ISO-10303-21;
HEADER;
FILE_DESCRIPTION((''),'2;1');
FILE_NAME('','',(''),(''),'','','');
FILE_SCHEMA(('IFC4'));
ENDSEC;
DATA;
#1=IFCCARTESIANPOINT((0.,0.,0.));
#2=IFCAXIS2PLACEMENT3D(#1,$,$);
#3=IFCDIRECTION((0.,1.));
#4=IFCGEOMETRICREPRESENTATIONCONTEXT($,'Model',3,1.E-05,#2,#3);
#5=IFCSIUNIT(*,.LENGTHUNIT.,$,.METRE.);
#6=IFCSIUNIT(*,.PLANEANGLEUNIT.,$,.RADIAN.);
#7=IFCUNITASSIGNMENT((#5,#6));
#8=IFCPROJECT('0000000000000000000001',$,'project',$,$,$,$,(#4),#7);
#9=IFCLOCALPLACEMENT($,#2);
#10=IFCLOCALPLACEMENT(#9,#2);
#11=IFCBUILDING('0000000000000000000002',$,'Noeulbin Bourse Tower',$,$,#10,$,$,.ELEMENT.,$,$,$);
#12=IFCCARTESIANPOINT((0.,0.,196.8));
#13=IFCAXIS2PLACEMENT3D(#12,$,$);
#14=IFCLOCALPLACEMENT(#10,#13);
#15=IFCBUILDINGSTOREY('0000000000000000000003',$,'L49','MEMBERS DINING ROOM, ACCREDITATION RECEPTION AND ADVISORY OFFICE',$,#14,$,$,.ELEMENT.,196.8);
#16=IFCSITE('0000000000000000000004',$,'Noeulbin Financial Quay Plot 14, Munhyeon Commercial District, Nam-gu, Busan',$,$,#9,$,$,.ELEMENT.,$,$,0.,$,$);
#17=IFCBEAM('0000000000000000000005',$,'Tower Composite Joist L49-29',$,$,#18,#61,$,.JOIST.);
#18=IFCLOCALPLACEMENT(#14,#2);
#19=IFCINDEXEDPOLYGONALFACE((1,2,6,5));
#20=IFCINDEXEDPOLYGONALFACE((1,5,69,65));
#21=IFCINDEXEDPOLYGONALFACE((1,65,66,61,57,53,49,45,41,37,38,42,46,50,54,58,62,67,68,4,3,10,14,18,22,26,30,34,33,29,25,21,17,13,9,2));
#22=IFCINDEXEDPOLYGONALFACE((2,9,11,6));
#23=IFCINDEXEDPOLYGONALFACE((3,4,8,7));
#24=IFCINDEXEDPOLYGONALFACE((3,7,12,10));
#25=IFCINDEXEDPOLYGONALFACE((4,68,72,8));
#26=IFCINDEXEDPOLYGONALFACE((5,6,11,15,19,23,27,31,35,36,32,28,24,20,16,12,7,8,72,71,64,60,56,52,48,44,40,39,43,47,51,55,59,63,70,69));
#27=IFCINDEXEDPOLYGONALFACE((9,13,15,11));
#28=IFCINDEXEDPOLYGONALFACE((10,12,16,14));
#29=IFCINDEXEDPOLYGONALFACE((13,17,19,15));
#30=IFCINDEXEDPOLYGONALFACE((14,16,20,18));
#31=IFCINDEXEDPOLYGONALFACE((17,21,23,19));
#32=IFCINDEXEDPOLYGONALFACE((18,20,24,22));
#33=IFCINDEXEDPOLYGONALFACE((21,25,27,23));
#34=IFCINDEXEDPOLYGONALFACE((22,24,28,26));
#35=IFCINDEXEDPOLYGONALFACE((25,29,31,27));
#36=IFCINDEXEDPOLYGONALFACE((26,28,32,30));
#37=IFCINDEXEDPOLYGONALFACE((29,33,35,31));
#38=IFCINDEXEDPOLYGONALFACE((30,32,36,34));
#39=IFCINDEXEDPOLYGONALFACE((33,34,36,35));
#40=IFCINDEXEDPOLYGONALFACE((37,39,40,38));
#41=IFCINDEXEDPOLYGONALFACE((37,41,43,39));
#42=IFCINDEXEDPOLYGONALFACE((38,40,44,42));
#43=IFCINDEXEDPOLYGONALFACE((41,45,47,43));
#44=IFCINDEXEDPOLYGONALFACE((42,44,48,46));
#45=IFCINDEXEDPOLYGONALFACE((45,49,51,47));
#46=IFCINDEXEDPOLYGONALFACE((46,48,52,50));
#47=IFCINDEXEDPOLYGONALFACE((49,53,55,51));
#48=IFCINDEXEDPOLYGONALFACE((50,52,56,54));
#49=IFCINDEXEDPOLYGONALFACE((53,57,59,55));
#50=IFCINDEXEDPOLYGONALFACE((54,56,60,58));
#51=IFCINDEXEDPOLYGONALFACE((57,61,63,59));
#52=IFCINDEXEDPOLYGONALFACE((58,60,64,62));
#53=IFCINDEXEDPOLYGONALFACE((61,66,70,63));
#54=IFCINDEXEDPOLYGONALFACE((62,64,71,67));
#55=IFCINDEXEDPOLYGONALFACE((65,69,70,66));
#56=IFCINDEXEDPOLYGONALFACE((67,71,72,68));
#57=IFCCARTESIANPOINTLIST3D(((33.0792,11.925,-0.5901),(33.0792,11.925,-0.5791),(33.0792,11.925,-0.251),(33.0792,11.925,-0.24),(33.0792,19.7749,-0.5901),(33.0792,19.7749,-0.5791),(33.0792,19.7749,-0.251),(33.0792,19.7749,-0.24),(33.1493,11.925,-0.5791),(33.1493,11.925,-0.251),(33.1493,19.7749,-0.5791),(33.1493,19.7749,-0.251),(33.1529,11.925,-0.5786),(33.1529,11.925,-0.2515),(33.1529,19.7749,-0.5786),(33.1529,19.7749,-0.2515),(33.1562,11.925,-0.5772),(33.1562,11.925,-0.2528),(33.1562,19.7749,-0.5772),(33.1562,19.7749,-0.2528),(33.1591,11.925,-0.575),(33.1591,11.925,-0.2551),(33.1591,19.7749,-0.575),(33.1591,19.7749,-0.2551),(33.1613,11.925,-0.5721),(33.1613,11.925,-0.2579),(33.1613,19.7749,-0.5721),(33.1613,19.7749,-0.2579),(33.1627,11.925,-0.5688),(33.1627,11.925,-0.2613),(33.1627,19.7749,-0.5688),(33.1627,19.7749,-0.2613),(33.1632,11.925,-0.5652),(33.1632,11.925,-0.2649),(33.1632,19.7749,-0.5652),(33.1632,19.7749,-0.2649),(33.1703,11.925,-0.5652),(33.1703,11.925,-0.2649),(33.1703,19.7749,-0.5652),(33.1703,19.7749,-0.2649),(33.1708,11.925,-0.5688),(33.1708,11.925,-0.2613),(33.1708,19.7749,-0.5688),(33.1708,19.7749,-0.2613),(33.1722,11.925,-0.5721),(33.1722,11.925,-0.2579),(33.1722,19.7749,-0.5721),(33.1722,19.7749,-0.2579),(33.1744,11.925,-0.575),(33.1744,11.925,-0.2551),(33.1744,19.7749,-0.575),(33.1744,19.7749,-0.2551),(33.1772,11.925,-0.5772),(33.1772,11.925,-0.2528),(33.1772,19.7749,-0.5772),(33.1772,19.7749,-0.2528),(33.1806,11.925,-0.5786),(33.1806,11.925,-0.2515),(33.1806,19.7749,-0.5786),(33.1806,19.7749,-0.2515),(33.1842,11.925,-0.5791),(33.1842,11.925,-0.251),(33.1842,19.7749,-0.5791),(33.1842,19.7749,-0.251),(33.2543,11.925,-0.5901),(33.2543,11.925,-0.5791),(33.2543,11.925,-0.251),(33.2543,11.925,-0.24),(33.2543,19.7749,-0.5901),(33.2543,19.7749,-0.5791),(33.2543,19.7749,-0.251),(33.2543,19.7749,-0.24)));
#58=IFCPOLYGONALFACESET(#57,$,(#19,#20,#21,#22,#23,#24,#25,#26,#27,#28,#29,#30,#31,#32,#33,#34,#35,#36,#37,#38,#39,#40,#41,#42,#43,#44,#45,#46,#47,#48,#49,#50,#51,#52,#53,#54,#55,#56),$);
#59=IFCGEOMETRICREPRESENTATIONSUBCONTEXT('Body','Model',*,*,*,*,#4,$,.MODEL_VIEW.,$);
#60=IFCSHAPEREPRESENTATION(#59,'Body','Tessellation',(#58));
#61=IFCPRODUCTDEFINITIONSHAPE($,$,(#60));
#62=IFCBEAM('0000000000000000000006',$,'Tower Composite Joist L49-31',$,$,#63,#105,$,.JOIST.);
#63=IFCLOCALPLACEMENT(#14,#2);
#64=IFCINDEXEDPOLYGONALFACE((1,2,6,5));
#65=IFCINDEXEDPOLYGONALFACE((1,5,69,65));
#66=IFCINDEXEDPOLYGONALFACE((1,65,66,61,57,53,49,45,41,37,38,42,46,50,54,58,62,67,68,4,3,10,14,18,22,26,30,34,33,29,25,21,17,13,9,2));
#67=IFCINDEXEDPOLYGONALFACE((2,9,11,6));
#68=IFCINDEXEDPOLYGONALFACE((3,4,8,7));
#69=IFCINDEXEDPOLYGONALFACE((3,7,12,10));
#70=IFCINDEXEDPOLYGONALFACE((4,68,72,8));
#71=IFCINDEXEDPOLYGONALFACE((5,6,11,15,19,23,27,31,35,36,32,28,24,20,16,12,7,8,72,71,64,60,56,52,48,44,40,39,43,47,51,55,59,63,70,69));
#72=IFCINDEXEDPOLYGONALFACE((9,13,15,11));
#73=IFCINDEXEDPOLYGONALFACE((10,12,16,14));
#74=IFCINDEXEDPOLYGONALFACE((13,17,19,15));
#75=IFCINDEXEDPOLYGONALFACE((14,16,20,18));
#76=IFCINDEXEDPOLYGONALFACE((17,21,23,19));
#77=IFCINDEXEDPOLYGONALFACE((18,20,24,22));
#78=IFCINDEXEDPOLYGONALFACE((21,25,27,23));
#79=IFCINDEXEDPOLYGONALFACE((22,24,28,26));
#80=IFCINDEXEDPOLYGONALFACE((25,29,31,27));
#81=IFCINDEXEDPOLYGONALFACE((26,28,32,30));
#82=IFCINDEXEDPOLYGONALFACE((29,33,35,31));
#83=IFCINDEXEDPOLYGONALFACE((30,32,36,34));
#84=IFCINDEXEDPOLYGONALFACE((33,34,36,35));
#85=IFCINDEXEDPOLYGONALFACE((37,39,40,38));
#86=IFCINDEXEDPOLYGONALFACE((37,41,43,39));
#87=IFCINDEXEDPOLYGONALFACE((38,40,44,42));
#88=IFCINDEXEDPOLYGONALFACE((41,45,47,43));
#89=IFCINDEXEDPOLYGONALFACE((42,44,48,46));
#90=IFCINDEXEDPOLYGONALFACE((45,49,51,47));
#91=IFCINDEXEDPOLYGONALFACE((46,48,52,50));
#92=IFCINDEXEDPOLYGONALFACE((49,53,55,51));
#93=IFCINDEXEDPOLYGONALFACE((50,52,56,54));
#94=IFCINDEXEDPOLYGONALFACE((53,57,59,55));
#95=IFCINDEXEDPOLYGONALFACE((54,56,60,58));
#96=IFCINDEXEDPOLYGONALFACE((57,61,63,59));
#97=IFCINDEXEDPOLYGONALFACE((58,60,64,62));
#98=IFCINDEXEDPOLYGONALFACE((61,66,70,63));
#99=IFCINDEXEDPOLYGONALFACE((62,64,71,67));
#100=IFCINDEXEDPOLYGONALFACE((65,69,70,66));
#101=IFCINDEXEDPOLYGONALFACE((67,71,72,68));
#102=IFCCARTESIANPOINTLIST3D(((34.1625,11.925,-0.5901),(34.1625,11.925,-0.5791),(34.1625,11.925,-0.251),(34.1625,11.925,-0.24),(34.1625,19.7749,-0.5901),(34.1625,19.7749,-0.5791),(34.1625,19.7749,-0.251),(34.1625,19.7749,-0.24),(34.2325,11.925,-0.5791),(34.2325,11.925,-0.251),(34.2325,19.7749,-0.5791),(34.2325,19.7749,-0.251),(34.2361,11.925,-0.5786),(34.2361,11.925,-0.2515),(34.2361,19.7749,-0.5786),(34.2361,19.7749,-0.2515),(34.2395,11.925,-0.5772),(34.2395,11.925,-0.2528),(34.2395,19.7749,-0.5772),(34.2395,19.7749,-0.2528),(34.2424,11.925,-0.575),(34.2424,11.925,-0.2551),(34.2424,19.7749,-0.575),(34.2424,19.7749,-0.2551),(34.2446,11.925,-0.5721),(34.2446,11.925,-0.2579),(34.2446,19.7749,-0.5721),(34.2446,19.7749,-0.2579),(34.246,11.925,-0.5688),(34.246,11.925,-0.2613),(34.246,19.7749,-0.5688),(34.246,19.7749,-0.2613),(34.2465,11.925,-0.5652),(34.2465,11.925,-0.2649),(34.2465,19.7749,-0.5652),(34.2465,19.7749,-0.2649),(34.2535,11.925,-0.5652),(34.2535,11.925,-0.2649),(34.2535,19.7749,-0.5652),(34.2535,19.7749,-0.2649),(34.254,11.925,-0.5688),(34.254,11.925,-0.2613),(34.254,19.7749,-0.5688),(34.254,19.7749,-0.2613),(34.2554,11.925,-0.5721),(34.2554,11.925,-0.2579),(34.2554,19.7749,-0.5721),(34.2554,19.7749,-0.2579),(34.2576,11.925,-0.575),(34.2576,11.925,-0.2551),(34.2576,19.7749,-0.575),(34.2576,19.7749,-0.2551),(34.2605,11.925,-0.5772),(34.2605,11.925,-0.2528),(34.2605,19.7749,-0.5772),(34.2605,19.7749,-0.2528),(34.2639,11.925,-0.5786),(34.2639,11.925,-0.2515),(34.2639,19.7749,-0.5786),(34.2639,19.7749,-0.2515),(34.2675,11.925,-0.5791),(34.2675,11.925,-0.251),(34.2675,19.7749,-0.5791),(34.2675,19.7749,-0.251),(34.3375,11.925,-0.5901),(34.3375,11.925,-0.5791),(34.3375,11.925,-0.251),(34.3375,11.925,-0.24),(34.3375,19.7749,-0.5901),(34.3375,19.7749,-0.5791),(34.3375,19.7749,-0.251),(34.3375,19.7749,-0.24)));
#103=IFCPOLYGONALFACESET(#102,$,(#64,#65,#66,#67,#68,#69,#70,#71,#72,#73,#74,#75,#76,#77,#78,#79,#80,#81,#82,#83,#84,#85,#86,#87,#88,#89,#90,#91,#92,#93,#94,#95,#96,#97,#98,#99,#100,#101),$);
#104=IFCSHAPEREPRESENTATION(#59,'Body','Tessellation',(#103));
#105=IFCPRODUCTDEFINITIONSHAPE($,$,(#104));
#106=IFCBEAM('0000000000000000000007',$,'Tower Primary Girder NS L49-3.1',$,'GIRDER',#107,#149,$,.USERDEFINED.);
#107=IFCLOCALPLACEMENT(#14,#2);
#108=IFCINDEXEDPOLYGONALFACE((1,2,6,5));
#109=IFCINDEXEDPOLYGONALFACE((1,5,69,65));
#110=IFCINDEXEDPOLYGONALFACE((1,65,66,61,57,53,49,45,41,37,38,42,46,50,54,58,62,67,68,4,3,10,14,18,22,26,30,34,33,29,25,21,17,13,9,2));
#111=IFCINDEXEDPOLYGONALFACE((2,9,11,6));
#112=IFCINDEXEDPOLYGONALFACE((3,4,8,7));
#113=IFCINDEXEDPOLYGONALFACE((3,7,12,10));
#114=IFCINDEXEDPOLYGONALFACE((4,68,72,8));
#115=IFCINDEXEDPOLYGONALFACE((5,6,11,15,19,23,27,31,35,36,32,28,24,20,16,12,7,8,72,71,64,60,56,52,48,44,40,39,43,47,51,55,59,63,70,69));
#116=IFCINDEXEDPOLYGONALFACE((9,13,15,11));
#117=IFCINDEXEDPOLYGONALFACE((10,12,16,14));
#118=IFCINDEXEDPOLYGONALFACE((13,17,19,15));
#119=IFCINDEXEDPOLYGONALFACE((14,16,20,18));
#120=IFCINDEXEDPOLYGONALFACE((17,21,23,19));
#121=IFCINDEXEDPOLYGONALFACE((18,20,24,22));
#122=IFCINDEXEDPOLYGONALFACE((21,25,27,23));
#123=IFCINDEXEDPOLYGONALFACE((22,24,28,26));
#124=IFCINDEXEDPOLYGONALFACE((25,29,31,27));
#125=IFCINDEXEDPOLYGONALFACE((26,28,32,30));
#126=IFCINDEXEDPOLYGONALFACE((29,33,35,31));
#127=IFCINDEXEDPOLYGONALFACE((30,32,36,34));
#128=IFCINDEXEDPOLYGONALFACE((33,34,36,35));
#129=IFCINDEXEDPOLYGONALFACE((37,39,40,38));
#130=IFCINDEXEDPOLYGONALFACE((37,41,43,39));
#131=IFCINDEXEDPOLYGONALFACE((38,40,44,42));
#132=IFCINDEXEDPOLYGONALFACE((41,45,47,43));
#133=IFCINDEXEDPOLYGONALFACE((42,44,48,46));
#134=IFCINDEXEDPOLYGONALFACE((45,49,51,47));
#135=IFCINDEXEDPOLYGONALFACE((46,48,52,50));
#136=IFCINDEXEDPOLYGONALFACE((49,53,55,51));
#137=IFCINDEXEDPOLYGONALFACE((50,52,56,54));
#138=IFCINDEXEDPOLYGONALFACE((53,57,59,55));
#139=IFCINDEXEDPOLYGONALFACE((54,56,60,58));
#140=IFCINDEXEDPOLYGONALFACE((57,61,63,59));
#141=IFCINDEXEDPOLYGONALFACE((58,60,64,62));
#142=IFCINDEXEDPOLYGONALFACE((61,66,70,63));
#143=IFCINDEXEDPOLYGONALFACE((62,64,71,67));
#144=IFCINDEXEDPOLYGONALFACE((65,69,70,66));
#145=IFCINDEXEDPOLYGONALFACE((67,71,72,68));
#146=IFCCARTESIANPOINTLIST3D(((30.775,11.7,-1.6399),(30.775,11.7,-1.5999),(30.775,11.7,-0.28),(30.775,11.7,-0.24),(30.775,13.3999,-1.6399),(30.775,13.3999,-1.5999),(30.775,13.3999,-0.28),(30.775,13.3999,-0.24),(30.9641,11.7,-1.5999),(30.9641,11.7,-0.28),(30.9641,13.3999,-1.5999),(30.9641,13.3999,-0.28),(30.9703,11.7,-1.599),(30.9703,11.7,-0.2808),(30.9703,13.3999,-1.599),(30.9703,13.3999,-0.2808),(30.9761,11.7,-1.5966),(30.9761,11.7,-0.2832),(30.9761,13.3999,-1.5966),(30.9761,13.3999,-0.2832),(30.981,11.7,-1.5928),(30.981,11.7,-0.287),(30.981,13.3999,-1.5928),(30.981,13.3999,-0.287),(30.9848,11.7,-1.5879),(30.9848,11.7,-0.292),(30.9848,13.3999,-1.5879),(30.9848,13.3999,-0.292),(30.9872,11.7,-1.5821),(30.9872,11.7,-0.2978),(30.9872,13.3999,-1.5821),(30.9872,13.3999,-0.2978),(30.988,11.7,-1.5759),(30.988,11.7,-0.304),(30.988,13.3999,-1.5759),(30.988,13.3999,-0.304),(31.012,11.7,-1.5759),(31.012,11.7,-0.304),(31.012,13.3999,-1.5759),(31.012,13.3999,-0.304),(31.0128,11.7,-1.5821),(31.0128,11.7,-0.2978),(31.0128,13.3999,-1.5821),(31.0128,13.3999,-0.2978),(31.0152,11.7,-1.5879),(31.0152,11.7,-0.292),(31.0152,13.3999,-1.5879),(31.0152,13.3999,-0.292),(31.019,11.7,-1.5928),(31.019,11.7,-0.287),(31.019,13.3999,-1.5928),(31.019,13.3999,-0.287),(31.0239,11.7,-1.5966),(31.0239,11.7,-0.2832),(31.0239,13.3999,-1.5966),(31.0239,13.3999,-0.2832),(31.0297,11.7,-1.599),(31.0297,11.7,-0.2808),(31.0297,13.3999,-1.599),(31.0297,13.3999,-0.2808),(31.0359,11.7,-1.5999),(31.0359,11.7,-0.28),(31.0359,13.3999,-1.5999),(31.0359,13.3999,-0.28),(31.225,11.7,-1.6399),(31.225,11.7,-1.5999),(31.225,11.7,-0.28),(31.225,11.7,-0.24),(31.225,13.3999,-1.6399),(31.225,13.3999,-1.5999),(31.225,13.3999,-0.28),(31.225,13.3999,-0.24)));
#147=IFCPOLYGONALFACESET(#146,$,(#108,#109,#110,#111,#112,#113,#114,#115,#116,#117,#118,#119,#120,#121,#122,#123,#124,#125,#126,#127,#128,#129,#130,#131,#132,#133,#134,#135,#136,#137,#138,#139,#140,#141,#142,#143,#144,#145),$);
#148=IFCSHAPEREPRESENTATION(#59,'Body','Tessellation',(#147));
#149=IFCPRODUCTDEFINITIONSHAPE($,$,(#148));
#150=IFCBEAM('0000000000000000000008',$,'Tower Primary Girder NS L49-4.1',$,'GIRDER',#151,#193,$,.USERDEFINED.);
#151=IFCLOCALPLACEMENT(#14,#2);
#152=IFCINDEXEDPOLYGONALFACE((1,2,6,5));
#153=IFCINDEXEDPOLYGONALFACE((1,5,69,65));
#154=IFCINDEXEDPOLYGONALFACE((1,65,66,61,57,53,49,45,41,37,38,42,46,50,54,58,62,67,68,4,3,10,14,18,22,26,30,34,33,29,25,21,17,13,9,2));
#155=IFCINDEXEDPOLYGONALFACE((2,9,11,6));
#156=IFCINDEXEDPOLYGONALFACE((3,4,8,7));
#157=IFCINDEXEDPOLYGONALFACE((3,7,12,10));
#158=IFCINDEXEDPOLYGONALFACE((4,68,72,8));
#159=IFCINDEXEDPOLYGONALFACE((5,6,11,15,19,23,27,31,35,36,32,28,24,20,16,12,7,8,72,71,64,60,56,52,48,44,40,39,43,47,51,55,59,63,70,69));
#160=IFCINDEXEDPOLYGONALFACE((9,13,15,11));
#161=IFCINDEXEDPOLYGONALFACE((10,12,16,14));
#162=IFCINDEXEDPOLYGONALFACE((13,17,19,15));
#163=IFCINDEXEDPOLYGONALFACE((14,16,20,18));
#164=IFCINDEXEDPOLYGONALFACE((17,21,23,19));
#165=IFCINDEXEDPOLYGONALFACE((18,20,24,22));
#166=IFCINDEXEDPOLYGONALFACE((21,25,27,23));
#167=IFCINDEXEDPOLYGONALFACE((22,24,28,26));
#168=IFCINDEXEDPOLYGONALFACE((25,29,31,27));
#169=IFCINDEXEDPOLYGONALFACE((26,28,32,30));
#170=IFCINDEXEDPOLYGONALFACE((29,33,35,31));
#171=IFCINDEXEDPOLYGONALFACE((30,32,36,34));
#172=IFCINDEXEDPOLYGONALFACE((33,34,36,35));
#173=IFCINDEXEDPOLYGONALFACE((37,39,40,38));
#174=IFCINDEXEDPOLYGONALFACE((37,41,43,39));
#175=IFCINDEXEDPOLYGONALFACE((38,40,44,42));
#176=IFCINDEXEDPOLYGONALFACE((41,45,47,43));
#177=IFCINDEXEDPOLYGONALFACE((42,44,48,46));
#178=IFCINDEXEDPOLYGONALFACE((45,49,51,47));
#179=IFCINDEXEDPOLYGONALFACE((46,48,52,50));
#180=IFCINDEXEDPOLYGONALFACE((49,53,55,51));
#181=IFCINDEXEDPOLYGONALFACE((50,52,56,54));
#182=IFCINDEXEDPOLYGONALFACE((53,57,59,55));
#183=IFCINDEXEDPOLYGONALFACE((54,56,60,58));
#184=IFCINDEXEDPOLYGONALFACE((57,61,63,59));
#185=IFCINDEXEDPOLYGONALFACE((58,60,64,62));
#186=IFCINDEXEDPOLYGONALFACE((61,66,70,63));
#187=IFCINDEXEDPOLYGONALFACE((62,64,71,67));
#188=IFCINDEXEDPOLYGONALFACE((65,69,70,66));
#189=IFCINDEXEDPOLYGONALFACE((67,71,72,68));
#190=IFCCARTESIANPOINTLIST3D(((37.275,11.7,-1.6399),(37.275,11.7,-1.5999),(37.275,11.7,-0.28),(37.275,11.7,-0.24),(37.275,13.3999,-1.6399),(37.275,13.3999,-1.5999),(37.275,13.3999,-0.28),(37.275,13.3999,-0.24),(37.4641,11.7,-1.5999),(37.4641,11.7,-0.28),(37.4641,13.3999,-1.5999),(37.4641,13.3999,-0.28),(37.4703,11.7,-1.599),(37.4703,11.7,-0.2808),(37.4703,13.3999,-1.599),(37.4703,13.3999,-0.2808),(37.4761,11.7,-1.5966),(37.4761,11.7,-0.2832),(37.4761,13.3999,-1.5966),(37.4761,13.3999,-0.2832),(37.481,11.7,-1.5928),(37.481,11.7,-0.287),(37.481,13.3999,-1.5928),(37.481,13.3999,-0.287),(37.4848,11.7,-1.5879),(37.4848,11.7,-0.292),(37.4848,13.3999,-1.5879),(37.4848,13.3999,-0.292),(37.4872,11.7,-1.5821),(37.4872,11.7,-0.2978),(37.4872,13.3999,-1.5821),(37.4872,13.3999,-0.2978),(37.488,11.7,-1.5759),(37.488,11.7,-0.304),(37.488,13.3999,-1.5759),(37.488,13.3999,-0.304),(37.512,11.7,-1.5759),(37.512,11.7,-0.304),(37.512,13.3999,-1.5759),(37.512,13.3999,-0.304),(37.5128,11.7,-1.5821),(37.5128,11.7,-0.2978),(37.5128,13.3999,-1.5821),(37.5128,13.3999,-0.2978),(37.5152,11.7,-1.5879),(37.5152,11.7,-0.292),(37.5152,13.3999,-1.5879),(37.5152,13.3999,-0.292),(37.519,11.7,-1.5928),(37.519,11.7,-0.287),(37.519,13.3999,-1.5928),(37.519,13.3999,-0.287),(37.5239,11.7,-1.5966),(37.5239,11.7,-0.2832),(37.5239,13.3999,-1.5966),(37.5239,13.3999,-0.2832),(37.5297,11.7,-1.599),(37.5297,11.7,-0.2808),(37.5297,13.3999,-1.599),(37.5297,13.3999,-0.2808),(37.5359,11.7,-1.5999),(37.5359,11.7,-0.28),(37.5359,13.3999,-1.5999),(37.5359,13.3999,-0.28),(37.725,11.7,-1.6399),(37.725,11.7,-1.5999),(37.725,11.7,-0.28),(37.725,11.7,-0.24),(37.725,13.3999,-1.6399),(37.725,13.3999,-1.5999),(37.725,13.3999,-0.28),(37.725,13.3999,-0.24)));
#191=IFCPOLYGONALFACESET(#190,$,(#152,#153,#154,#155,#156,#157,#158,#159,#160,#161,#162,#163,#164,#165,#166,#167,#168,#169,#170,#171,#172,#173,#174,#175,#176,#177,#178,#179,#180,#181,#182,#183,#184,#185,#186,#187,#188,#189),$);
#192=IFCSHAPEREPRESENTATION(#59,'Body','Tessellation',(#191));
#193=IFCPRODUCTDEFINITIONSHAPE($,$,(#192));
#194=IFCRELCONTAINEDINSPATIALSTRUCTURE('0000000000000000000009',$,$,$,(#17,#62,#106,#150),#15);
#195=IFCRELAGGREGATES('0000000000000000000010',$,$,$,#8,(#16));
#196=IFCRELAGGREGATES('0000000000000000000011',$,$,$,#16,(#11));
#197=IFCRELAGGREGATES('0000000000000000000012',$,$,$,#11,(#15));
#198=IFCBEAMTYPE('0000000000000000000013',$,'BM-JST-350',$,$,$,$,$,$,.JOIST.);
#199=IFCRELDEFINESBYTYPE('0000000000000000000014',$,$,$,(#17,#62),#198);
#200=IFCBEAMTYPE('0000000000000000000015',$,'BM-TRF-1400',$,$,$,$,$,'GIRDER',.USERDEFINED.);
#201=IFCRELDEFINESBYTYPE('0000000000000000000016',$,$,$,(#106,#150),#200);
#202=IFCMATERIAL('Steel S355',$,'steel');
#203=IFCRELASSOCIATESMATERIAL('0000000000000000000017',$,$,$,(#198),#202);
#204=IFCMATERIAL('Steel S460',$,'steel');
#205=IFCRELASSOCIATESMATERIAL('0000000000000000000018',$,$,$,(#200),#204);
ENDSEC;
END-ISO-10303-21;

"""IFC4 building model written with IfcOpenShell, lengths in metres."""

from ifc_helpers import new_model, si_unit, direction, frame, origin, origin_2d, place, context, subcontext, project, spatial, i_section, extrude, material, material_profile, profile_set, type_object, element, save


model = new_model("IFC4")

# Units and contexts
model_context = context("Model", 3, precision=1e-05, world=origin(), true_north=direction((0.0, 1.0)))
body_context = subcontext(model_context, "Body", "Model", "MODEL_VIEW")
ifc_project = project(units=[si_unit("LENGTHUNIT", "METRE"), si_unit("PLANEANGLEUNIT", "RADIAN")], contexts=[model_context])

# Site, building, storey
site_placement = place(None, origin())
site = spatial("IfcSite", under=ifc_project, at=site_placement, Name="Noeulbin Financial Quay Plot 14, Munhyeon Commercial District, Nam-gu, Busan", CompositionType="ELEMENT", RefElevation=0.0)
building_placement = place(site_placement, origin())
building = spatial("IfcBuilding", under=site, at=building_placement, Name="Noeulbin Bourse Tower", CompositionType="ELEMENT")
storey_placement = place(building_placement, frame((0.0, 0.0, 196.8)))
storey = spatial("IfcBuildingStorey", under=building, at=storey_placement, Name="L49", Description="MEMBERS DINING ROOM, ACCREDITATION RECEPTION AND ADVISORY OFFICE", CompositionType="ELEMENT", Elevation=196.8)

# Shared definitions
ifc_material_1 = material(Name="Steel S355", Category="steel")

# Beams
ifc_material_profile_1 = material_profile(ifc_material_1, i_section(OverallWidth=0.175, OverallDepth=0.3501, WebThickness=0.0071, FlangeThickness=0.011, FilletRadius=0.0139, at=origin_2d()), Name="H-350x175x7x11", Category="LoadBearing")
ifc_profile_set_1 = profile_set([ifc_material_profile_1], Name="Steel S355")
beam_type_1 = type_object("IfcBeamType", Name="BM-JST-350", PredefinedType="JOIST", material=ifc_profile_set_1)
for number, where, z_axis, x_axis, name in (
    (1, (33.1667, 11.925, -0.415), (0.0, 1.0, 0.0), (-1.0, 0.0, 0.0), "Tower Composite Joist L49-29"),
    (2, (34.25, 11.925, -0.415), (0.0, 1.0, 0.0), (-1.0, 0.0, 0.0), "Tower Composite Joist L49-31"),
):
    element("IfcBeam", number, at=place(storey_placement, frame(where, z_axis=z_axis, x_axis=x_axis)), inside=storey, type_object=beam_type_1, Name=name, PredefinedType="JOIST", context=body_context, shape_type="SweptSolid", body=[
        extrude(i_section(OverallWidth=0.175, OverallDepth=0.3501, WebThickness=0.0071, FlangeThickness=0.011, FilletRadius=0.0139, at=origin_2d()), origin(), (0.0, 0.0, 1.0), 7.8499),
    ])
ifc_material_2 = material(Name="Steel S460", Category="steel")
ifc_material_profile_2 = material_profile(ifc_material_2, i_section(OverallWidth=0.45, OverallDepth=1.3999, WebThickness=0.0239, FlangeThickness=0.04, FilletRadius=0.0239, at=origin_2d()), Name="PG-1400x450x24x40", Category="LoadBearing")
ifc_profile_set_2 = profile_set([ifc_material_profile_2], Name="Steel S460")
beam_type_2 = type_object("IfcBeamType", Name="BM-TRF-1400", ElementType="GIRDER", PredefinedType="USERDEFINED", material=ifc_profile_set_2)
for number, where, z_axis, x_axis, name in (
    (3, (31.0, 11.7, -0.9399), (0.0, 1.0, 0.0), (-1.0, 0.0, 0.0), "Tower Primary Girder NS L49-3.1"),
    (4, (37.5, 11.7, -0.9399), (0.0, 1.0, 0.0), (-1.0, 0.0, 0.0), "Tower Primary Girder NS L49-4.1"),
):
    element("IfcBeam", number, at=place(storey_placement, frame(where, z_axis=z_axis, x_axis=x_axis)), inside=storey, type_object=beam_type_2, Name=name, ObjectType="GIRDER", PredefinedType="USERDEFINED", context=body_context, shape_type="SweptSolid", body=[
        extrude(i_section(OverallWidth=0.45, OverallDepth=1.3999, WebThickness=0.0239, FlangeThickness=0.04, FilletRadius=0.0239, at=origin_2d()), origin(), (0.0, 0.0, 1.0), 1.7),
    ])

save(model, "model.ifc")
